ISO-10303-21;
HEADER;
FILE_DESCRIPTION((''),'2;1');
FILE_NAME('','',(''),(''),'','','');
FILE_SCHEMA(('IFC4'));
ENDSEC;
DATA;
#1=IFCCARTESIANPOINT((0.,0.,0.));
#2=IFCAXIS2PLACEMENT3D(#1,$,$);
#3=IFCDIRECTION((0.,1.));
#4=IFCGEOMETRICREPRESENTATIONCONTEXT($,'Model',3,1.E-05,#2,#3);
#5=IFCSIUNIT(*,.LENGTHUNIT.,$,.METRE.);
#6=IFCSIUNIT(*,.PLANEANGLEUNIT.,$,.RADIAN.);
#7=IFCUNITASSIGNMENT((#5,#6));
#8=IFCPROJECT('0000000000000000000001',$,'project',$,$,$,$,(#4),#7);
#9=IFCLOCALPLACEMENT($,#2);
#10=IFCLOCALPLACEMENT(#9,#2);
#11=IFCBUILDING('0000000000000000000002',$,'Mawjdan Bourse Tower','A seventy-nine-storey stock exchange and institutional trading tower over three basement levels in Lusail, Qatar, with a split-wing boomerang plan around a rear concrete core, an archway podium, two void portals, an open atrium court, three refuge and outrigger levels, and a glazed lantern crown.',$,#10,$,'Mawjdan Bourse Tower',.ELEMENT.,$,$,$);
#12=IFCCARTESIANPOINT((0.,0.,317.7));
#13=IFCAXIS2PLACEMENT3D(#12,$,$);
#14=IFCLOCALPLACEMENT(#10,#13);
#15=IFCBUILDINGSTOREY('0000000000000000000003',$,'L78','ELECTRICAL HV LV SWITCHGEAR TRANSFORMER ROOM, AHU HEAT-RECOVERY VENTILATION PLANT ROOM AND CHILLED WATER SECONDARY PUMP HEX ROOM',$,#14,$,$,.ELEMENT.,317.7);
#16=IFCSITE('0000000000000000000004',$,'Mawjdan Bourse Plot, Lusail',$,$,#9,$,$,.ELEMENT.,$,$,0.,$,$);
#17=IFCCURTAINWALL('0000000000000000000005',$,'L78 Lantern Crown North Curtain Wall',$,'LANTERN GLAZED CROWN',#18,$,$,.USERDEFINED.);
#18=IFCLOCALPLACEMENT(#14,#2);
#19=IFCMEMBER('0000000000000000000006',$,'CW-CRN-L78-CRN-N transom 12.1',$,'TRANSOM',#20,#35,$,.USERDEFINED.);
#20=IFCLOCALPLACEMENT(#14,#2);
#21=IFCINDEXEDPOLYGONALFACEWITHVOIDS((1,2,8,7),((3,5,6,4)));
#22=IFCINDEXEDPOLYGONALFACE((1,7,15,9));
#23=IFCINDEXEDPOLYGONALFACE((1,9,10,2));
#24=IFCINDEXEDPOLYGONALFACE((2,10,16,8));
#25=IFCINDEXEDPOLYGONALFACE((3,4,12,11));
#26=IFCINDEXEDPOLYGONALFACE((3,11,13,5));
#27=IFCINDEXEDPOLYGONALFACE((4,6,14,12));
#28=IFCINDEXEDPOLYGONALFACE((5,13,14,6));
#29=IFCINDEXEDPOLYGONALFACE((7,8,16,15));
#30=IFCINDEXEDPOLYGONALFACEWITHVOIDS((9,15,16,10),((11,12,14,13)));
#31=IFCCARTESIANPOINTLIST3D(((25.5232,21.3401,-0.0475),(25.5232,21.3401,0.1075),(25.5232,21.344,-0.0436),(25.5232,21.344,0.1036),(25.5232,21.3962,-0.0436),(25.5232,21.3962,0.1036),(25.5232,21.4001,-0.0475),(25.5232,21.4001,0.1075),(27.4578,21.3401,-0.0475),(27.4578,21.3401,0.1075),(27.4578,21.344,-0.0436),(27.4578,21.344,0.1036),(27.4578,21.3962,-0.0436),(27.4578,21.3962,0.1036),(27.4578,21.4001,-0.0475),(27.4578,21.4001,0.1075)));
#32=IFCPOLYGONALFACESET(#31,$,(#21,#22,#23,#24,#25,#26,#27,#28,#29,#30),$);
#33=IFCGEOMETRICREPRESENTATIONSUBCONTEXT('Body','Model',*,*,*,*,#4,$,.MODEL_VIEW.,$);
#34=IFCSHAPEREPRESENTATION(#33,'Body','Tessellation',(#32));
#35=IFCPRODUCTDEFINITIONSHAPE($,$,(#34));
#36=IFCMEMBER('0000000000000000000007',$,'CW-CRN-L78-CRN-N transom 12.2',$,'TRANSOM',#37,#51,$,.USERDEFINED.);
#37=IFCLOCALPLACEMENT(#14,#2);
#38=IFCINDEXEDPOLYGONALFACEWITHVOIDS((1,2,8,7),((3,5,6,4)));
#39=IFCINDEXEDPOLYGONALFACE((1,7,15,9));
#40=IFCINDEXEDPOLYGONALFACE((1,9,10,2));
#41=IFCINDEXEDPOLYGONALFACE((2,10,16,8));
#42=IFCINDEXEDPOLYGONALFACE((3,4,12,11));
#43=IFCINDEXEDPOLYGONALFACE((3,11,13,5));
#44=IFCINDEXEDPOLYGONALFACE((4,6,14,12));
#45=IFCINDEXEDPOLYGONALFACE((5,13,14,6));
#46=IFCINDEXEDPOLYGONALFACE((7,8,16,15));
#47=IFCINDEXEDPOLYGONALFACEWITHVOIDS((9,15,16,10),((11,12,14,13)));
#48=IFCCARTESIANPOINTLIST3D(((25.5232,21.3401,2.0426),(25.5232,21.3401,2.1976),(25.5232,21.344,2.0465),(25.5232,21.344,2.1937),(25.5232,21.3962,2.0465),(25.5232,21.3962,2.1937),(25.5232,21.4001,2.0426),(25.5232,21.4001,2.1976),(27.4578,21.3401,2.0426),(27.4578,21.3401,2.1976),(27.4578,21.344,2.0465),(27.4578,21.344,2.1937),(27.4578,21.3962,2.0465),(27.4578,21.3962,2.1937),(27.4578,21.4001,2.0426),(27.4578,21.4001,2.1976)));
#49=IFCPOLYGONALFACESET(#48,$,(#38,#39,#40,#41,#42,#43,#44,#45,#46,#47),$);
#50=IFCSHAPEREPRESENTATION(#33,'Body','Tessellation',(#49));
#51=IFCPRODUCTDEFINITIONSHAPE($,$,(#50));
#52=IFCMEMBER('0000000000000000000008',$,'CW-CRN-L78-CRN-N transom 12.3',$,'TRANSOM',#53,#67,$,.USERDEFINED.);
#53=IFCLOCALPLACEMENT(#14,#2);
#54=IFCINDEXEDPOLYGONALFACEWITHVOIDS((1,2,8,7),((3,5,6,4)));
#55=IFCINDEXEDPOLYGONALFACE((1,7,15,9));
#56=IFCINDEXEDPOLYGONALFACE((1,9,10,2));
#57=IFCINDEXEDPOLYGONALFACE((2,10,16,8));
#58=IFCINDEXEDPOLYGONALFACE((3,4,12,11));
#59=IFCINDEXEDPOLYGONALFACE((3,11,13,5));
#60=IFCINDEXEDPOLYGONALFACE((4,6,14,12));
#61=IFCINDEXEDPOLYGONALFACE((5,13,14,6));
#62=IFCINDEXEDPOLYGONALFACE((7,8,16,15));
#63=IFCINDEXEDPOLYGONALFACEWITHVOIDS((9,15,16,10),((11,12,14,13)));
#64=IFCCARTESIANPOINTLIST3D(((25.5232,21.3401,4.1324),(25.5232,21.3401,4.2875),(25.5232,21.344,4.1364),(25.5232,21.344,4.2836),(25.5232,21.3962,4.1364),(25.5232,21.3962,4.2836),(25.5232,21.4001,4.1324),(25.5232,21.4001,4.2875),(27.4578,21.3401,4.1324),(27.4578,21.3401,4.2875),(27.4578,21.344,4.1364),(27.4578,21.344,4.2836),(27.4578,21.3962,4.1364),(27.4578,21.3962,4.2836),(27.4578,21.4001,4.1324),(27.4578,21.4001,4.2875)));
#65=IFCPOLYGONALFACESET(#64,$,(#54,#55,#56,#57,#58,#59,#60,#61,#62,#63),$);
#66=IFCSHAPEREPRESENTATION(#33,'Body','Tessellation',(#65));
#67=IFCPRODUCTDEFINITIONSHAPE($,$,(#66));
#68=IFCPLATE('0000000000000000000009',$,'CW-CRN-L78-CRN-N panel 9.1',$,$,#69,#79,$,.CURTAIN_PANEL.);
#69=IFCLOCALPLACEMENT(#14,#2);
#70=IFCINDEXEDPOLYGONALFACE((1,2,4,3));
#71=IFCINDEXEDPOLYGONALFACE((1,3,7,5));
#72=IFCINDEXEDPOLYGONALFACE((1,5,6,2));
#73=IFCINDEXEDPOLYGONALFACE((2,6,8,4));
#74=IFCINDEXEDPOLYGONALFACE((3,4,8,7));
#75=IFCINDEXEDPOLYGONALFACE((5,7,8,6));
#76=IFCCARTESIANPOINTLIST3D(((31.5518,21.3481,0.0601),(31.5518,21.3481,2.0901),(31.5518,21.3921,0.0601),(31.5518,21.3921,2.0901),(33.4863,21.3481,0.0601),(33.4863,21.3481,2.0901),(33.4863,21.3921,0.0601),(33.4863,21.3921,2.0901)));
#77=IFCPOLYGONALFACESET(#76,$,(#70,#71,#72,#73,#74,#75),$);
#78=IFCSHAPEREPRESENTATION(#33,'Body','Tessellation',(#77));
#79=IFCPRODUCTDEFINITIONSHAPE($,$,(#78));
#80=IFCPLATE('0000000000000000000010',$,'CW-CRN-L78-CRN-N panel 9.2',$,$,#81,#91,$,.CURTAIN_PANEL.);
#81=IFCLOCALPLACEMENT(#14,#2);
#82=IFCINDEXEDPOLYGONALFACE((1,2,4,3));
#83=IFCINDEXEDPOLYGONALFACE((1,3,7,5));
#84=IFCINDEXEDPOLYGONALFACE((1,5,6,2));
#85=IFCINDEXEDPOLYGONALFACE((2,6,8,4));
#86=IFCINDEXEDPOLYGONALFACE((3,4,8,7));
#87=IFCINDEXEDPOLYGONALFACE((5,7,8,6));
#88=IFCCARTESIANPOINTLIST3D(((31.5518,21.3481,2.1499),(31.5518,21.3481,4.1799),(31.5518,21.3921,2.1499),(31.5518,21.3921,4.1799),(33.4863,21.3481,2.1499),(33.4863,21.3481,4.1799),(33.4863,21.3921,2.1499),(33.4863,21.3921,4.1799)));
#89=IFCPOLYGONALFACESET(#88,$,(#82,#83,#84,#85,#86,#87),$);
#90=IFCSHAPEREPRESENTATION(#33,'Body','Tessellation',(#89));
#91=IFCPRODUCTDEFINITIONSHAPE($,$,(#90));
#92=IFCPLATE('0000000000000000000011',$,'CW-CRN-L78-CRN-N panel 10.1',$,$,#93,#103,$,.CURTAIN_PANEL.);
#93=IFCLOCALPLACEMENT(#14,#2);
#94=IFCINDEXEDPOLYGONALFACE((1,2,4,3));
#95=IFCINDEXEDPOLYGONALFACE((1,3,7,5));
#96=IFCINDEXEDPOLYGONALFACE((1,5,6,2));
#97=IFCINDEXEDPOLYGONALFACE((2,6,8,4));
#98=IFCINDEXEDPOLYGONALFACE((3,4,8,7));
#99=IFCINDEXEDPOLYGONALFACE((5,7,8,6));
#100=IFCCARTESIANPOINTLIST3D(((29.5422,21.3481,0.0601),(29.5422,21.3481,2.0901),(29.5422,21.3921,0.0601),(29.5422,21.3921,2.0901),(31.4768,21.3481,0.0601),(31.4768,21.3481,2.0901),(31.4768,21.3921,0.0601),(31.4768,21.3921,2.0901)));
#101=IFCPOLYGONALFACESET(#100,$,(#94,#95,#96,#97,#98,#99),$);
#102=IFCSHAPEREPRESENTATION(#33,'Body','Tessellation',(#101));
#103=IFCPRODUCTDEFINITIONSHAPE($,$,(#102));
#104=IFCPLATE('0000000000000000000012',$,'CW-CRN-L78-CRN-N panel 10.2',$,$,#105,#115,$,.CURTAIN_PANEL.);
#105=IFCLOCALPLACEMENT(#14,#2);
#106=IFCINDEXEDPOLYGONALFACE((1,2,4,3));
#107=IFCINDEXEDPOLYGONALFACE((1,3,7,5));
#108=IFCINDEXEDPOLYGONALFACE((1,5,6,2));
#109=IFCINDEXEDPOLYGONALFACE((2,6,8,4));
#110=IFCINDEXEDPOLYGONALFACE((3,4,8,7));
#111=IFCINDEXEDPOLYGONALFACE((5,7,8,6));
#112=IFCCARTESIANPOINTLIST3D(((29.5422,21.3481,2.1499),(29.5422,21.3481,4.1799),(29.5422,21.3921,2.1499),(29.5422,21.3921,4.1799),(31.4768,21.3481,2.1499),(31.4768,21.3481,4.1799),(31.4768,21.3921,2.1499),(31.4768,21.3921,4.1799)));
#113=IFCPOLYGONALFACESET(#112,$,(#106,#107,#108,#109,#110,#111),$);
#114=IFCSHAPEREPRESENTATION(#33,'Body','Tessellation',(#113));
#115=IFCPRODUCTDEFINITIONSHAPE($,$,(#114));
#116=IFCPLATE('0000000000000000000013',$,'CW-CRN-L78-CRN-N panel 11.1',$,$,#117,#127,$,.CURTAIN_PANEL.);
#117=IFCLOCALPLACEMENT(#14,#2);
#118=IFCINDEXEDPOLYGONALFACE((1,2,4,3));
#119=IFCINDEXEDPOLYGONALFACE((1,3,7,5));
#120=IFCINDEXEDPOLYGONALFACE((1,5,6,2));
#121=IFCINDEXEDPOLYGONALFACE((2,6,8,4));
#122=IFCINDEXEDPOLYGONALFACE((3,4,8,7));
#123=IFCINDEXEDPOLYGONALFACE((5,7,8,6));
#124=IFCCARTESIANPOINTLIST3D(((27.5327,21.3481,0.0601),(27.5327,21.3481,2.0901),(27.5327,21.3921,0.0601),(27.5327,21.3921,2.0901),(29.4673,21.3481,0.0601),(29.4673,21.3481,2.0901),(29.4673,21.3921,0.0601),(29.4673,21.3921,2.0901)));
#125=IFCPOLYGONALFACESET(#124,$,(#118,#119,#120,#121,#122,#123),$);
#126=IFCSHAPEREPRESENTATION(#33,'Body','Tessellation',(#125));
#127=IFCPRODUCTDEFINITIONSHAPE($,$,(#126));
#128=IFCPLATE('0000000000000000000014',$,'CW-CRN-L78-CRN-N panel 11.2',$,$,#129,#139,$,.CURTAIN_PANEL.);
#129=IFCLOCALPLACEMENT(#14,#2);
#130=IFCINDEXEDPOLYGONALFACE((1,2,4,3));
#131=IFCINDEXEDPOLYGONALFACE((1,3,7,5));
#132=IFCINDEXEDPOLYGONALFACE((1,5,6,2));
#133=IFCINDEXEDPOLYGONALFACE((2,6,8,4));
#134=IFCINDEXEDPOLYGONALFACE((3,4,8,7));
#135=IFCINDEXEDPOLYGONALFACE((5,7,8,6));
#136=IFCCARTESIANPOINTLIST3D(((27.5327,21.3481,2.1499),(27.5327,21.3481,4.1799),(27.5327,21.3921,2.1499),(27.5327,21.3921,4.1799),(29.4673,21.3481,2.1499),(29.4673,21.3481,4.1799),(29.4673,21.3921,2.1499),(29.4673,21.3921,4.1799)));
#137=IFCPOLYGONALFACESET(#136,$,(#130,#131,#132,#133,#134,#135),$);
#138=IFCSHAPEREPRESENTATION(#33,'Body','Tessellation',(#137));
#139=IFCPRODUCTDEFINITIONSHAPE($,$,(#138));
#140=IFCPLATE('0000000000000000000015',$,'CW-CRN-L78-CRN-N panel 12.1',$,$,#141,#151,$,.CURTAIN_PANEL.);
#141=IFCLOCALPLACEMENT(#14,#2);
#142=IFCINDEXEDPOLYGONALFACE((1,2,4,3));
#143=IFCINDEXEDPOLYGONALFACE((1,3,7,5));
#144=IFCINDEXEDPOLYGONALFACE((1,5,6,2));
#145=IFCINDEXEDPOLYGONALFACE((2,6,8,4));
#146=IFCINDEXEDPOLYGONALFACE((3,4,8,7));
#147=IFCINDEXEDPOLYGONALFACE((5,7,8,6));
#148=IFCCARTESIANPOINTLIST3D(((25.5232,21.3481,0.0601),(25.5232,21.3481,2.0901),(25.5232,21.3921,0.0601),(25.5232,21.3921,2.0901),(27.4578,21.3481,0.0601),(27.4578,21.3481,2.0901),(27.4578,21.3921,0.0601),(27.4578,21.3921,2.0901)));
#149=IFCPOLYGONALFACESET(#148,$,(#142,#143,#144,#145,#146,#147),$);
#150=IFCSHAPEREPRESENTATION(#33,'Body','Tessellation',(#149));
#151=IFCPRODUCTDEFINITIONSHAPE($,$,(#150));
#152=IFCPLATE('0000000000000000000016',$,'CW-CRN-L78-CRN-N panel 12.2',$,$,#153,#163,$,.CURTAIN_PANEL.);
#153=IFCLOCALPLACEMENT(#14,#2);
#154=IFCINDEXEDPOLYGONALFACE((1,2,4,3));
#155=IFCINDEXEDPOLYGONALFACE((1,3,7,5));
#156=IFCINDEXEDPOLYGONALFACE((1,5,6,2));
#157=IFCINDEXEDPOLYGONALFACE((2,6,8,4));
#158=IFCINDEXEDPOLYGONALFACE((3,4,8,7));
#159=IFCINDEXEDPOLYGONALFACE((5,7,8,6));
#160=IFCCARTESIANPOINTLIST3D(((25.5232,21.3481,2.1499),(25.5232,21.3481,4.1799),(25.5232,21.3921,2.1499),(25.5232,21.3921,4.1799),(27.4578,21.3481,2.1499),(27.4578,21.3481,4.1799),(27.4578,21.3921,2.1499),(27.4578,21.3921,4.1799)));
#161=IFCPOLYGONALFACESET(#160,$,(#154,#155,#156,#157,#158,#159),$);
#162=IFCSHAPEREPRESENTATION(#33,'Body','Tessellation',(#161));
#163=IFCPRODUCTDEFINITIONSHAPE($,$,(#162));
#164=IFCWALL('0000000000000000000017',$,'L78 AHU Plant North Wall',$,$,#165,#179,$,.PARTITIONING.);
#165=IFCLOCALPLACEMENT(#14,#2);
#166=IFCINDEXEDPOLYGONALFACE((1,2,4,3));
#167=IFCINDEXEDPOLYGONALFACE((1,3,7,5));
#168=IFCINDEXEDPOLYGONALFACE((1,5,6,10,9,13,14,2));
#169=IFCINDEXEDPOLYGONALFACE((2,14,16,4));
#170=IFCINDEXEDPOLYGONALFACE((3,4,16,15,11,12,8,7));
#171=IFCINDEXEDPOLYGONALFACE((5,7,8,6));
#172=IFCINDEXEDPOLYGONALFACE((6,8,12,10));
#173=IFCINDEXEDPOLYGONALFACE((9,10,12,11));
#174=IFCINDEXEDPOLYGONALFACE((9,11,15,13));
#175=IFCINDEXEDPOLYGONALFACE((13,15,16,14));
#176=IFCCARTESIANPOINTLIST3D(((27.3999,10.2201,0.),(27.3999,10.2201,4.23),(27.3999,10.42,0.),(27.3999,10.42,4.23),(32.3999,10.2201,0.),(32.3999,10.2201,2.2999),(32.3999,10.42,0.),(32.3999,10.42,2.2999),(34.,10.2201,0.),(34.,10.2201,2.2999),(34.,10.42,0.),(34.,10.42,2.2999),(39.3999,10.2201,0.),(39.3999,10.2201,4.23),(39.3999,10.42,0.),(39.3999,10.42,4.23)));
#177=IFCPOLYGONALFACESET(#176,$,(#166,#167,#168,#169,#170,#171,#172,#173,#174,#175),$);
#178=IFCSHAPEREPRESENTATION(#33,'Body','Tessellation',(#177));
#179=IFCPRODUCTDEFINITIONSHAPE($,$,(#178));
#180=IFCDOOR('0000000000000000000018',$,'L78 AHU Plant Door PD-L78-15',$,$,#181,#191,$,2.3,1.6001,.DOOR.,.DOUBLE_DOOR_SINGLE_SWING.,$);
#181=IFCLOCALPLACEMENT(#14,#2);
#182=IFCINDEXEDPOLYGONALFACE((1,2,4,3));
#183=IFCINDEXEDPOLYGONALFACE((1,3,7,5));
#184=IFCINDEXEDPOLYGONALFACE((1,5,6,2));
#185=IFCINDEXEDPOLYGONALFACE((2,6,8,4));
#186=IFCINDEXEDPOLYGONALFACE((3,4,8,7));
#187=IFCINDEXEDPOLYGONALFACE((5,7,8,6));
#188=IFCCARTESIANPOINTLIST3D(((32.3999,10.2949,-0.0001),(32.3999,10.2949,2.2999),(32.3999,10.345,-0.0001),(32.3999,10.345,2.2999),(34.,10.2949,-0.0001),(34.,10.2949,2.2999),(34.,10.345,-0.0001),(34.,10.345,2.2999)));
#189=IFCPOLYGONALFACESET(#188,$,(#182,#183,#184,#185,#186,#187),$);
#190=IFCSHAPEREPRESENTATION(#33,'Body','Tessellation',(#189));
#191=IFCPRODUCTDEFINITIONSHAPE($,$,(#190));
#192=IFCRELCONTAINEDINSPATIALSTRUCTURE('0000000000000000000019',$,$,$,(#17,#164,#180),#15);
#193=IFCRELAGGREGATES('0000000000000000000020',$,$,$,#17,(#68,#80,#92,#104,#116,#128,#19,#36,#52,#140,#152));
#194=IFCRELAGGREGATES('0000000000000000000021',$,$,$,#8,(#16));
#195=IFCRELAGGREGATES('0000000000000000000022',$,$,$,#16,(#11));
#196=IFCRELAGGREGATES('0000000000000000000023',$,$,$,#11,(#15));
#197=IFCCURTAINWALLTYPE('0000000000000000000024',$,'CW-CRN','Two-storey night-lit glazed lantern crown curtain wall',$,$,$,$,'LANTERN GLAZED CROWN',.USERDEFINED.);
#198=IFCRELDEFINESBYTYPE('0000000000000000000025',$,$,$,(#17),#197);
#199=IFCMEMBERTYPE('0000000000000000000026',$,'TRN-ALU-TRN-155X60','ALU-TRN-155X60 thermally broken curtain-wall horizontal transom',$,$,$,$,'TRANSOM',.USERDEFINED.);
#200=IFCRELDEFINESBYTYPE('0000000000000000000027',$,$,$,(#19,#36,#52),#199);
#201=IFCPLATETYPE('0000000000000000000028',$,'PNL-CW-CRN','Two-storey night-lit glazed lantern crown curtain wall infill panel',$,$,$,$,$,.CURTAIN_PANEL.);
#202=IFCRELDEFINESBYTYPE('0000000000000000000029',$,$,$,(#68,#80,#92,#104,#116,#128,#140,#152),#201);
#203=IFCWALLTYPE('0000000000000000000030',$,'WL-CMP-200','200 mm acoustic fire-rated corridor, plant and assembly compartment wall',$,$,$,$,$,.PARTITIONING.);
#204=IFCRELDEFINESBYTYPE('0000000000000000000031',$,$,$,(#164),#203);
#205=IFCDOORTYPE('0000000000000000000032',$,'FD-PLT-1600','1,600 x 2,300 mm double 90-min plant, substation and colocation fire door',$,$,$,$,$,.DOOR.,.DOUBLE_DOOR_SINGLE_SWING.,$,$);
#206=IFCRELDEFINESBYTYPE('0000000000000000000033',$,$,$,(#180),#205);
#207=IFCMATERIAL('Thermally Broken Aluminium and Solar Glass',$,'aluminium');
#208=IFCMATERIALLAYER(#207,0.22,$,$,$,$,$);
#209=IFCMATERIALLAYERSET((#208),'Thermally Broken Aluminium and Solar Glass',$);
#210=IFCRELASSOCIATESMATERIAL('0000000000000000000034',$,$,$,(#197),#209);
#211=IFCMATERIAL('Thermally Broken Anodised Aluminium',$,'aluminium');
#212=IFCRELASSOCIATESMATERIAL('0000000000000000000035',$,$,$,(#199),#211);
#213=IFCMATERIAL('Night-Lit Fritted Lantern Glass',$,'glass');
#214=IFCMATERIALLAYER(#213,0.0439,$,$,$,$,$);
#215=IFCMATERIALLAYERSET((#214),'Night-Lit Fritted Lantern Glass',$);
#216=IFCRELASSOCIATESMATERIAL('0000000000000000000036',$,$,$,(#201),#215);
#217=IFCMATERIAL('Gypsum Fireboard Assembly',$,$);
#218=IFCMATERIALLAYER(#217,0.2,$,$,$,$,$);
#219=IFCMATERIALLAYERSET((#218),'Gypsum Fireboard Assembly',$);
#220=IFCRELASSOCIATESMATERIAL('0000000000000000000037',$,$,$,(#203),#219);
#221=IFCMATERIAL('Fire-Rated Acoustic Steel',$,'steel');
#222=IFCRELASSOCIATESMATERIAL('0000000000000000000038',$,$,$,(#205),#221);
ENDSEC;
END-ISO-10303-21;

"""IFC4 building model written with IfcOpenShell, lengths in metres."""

from ifc_helpers import new_model, si_unit, direction, frame, frame_2d, origin, origin_2d, place, context, subcontext, project, spatial, rectangle, hollow_rectangle, extrude, material, layer, layer_set, material_profile, profile_set, type_object, element, fill, aggregate, save


model = new_model("IFC4")

# Units and contexts
model_context = context("Model", 3, precision=1e-05, world=origin(), true_north=direction((0.0, 1.0)))
body_context = subcontext(model_context, "Body", "Model", "MODEL_VIEW")
ifc_project = project(units=[si_unit("LENGTHUNIT", "METRE"), si_unit("PLANEANGLEUNIT", "RADIAN")], contexts=[model_context])

# Site, building, storey
site_placement = place(None, origin())
site = spatial("IfcSite", under=ifc_project, at=site_placement, Name="Mawjdan Bourse Plot, Lusail", CompositionType="ELEMENT", RefElevation=0.0)
building_placement = place(site_placement, origin())
building = spatial("IfcBuilding", under=site, at=building_placement, Name="Mawjdan Bourse Tower", Description="A seventy-nine-storey stock exchange and institutional trading tower over three basement levels in Lusail, Qatar, with a split-wing boomerang plan around a rear concrete core, an archway podium, two void portals, an open atrium court, three refuge and outrigger levels, and a glazed lantern crown.", LongName="Mawjdan Bourse Tower", CompositionType="ELEMENT")
storey_placement = place(building_placement, frame((0.0, 0.0, 317.7)))
storey = spatial("IfcBuildingStorey", under=building, at=storey_placement, Name="L78", Description="ELECTRICAL HV LV SWITCHGEAR TRANSFORMER ROOM, AHU HEAT-RECOVERY VENTILATION PLANT ROOM AND CHILLED WATER SECONDARY PUMP HEX ROOM", CompositionType="ELEMENT", Elevation=317.7)

# Curtain wall
ifc_material_1 = material(Name="Thermally Broken Aluminium and Solar Glass", Category="aluminium")
ifc_layer_1 = layer(ifc_material_1, 0.22)
ifc_layer_set_1 = layer_set([ifc_layer_1], Name="Thermally Broken Aluminium and Solar Glass")
curtain_wall_type = type_object("IfcCurtainWallType", Name="CW-CRN", Description="Two-storey night-lit glazed lantern crown curtain wall", ElementType="LANTERN GLAZED CROWN", PredefinedType="USERDEFINED", material=ifc_layer_set_1)
curtain_wall_placement = place(storey_placement, origin())
curtain_wall = element("IfcCurtainWall", 1, at=curtain_wall_placement, inside=storey, type_object=curtain_wall_type, Name="L78 Lantern Crown North Curtain Wall", ObjectType="LANTERN GLAZED CROWN", PredefinedType="USERDEFINED")
ifc_material_2 = material(Name="Thermally Broken Anodised Aluminium", Category="aluminium")

# Members
ifc_material_profile_1 = material_profile(ifc_material_2, hollow_rectangle(XDim=0.0601, YDim=0.155, WallThickness=0.0039, at=origin_2d()), Name="ALU-TRN-155X60")
ifc_profile_set_1 = profile_set([ifc_material_profile_1], Name="Thermally Broken Anodised Aluminium")
member_type_1 = type_object("IfcMemberType", Name="TRN-ALU-TRN-155X60", Description="ALU-TRN-155X60 thermally broken curtain-wall horizontal transom", ElementType="TRANSOM", PredefinedType="USERDEFINED", material=ifc_profile_set_1)
member_1_placement = place(storey_placement, frame((27.4578, 21.3701, 0.03), z_axis=(-1.0, 0.0, 0.0), x_axis=(0.0, -1.0, 0.0)))
member_1 = element("IfcMember", 2, at=member_1_placement, type_object=member_type_1, Name="CW-CRN-L78-CRN-N transom 12.1", ObjectType="TRANSOM", PredefinedType="USERDEFINED", context=body_context, shape_type="SweptSolid", body=[
    extrude(hollow_rectangle(XDim=0.0601, YDim=0.155, WallThickness=0.0039, at=origin_2d()), origin(), (0.0, 0.0, 1.0), 1.9346),
])
member_2_placement = place(storey_placement, frame((27.4578, 21.3701, 2.1201), z_axis=(-1.0, 0.0, 0.0), x_axis=(0.0, -1.0, 0.0)))
member_2 = element("IfcMember", 3, at=member_2_placement, type_object=member_type_1, Name="CW-CRN-L78-CRN-N transom 12.2", ObjectType="TRANSOM", PredefinedType="USERDEFINED", context=body_context, shape_type="SweptSolid", body=[
    extrude(hollow_rectangle(XDim=0.0601, YDim=0.155, WallThickness=0.0039, at=origin_2d()), origin(), (0.0, 0.0, 1.0), 1.9346),
])
member_3_placement = place(storey_placement, frame((27.4578, 21.3701, 4.21), z_axis=(-1.0, 0.0, 0.0), x_axis=(0.0, -1.0, 0.0)))
member_3 = element("IfcMember", 4, at=member_3_placement, type_object=member_type_1, Name="CW-CRN-L78-CRN-N transom 12.3", ObjectType="TRANSOM", PredefinedType="USERDEFINED", context=body_context, shape_type="SweptSolid", body=[
    extrude(hollow_rectangle(XDim=0.0601, YDim=0.155, WallThickness=0.0039, at=origin_2d()), origin(), (0.0, 0.0, 1.0), 1.9346),
])

# Plates
ifc_material_3 = material(Name="Night-Lit Fritted Lantern Glass", Category="glass")
ifc_layer_2 = layer(ifc_material_3, 0.0439)
ifc_layer_set_2 = layer_set([ifc_layer_2], Name="Night-Lit Fritted Lantern Glass")
plate_type = type_object("IfcPlateType", Name="PNL-CW-CRN", Description="Two-storey night-lit glazed lantern crown curtain wall infill panel", PredefinedType="CURTAIN_PANEL", material=ifc_layer_set_2)
plate_1_placement = place(storey_placement, frame((32.519, 21.3701, 0.0601), z_axis=(0.0, 0.0, 1.0), x_axis=(-1.0, 0.0, 0.0)))
plate_1 = element("IfcPlate", 5, at=plate_1_placement, type_object=plate_type, Name="CW-CRN-L78-CRN-N panel 9.1", PredefinedType="CURTAIN_PANEL", context=body_context, shape_type="SweptSolid", body=[
    extrude(rectangle(XDim=1.9346, YDim=0.0439, at=origin_2d()), origin(), (0.0, 0.0, 1.0), 2.03),
])
plate_2_placement = place(storey_placement, frame((32.519, 21.3701, 2.1499), z_axis=(0.0, 0.0, 1.0), x_axis=(-1.0, 0.0, 0.0)))
plate_2 = element("IfcPlate", 6, at=plate_2_placement, type_object=plate_type, Name="CW-CRN-L78-CRN-N panel 9.2", PredefinedType="CURTAIN_PANEL", context=body_context, shape_type="SweptSolid", body=[
    extrude(rectangle(XDim=1.9346, YDim=0.0439, at=origin_2d()), origin(), (0.0, 0.0, 1.0), 2.03),
])
plate_3_placement = place(storey_placement, frame((30.5095, 21.3701, 0.0601), z_axis=(0.0, 0.0, 1.0), x_axis=(-1.0, 0.0, 0.0)))
plate_3 = element("IfcPlate", 7, at=plate_3_placement, type_object=plate_type, Name="CW-CRN-L78-CRN-N panel 10.1", PredefinedType="CURTAIN_PANEL", context=body_context, shape_type="SweptSolid", body=[
    extrude(rectangle(XDim=1.9346, YDim=0.0439, at=origin_2d()), origin(), (0.0, 0.0, 1.0), 2.03),
])
plate_4_placement = place(storey_placement, frame((30.5095, 21.3701, 2.1499), z_axis=(0.0, 0.0, 1.0), x_axis=(-1.0, 0.0, 0.0)))
plate_4 = element("IfcPlate", 8, at=plate_4_placement, type_object=plate_type, Name="CW-CRN-L78-CRN-N panel 10.2", PredefinedType="CURTAIN_PANEL", context=body_context, shape_type="SweptSolid", body=[
    extrude(rectangle(XDim=1.9346, YDim=0.0439, at=origin_2d()), origin(), (0.0, 0.0, 1.0), 2.03),
])
plate_5_placement = place(storey_placement, frame((28.5, 21.3701, 0.0601), z_axis=(0.0, 0.0, 1.0), x_axis=(-1.0, 0.0, 0.0)))
plate_5 = element("IfcPlate", 9, at=plate_5_placement, type_object=plate_type, Name="CW-CRN-L78-CRN-N panel 11.1", PredefinedType="CURTAIN_PANEL", context=body_context, shape_type="SweptSolid", body=[
    extrude(rectangle(XDim=1.9346, YDim=0.0439, at=origin_2d()), origin(), (0.0, 0.0, 1.0), 2.03),
])
plate_6_placement = place(storey_placement, frame((28.5, 21.3701, 2.1499), z_axis=(0.0, 0.0, 1.0), x_axis=(-1.0, 0.0, 0.0)))
plate_6 = element("IfcPlate", 10, at=plate_6_placement, type_object=plate_type, Name="CW-CRN-L78-CRN-N panel 11.2", PredefinedType="CURTAIN_PANEL", context=body_context, shape_type="SweptSolid", body=[
    extrude(rectangle(XDim=1.9346, YDim=0.0439, at=origin_2d()), origin(), (0.0, 0.0, 1.0), 2.03),
])
plate_7_placement = place(storey_placement, frame((26.4905, 21.3701, 0.0601), z_axis=(0.0, 0.0, 1.0), x_axis=(-1.0, 0.0, 0.0)))
plate_7 = element("IfcPlate", 11, at=plate_7_placement, type_object=plate_type, Name="CW-CRN-L78-CRN-N panel 12.1", PredefinedType="CURTAIN_PANEL", context=body_context, shape_type="SweptSolid", body=[
    extrude(rectangle(XDim=1.9346, YDim=0.0439, at=origin_2d()), origin(), (0.0, 0.0, 1.0), 2.03),
])
plate_8_placement = place(storey_placement, frame((26.4905, 21.3701, 2.1499), z_axis=(0.0, 0.0, 1.0), x_axis=(-1.0, 0.0, 0.0)))
plate_8 = element("IfcPlate", 12, at=plate_8_placement, type_object=plate_type, Name="CW-CRN-L78-CRN-N panel 12.2", PredefinedType="CURTAIN_PANEL", context=body_context, shape_type="SweptSolid", body=[
    extrude(rectangle(XDim=1.9346, YDim=0.0439, at=origin_2d()), origin(), (0.0, 0.0, 1.0), 2.03),
])
aggregate(curtain_wall, [plate_1, plate_2, plate_3, plate_4, plate_5, plate_6, member_1, member_2, member_3, plate_7, plate_8])

# Wall, opening, door
ifc_material_4 = material(Name="Gypsum Fireboard Assembly")
ifc_layer_3 = layer(ifc_material_4, 0.2)
ifc_layer_set_3 = layer_set([ifc_layer_3], Name="Gypsum Fireboard Assembly")
wall_type = type_object("IfcWallType", Name="WL-CMP-200", Description="200 mm acoustic fire-rated corridor, plant and assembly compartment wall", PredefinedType="PARTITIONING", material=ifc_layer_set_3)
wall_1_placement = place(storey_placement, frame((27.3999, 10.3201, 0.0), z_axis=(0.0, 0.0, 1.0), x_axis=(1.0, 0.0, 0.0)))
wall_1 = element("IfcWall", 13, at=wall_1_placement, inside=storey, type_object=wall_type, Name="L78 AHU Plant North Wall", PredefinedType="PARTITIONING", context=body_context, shape_type="SweptSolid", body=[
    extrude(rectangle(XDim=12.0, YDim=0.2, at=frame_2d((6.0, 0.0))), origin(), (0.0, 0.0, 1.0), 4.23),
])
opening_1_placement = place(wall_1_placement, frame((5.0, 0.0, 0.0)))
opening_1 = element("IfcOpeningElement", 14, at=opening_1_placement, cuts=wall_1, PredefinedType="OPENING", context=body_context, shape_type="SweptSolid", body=[
    extrude(rectangle(XDim=1.6001, YDim=2.3, at=frame_2d((0.8, 1.1499))), frame((0.0, 0.1099, 0.0), z_axis=(0.0, -1.0, 0.0), x_axis=(1.0, 0.0, 0.0)), (0.0, 0.0, 1.0), 0.22),
])
ifc_material_5 = material(Name="Fire-Rated Acoustic Steel", Category="steel")
door_type = type_object("IfcDoorType", Name="FD-PLT-1600", Description="1,600 x 2,300 mm double 90-min plant, substation and colocation fire door", OperationType="DOUBLE_DOOR_SINGLE_SWING", PredefinedType="DOOR", material=ifc_material_5)
door_1_placement = place(opening_1_placement, origin())
door_1 = element("IfcDoor", 15, at=door_1_placement, inside=storey, type_object=door_type, Name="L78 AHU Plant Door PD-L78-15", OperationType="DOUBLE_DOOR_SINGLE_SWING", OverallHeight=2.3, OverallWidth=1.6001, PredefinedType="DOOR", context=body_context, shape_type="SweptSolid", body=[
    extrude(rectangle(XDim=1.6001, YDim=2.3, at=frame_2d((0.8, 1.1499))), frame((0.0, 0.0249, 0.0), z_axis=(0.0, -1.0, 0.0), x_axis=(1.0, 0.0, 0.0)), (0.0, 0.0, 1.0), 0.05),
])
fill(opening_1, door_1)

save(model, "model.ifc")
